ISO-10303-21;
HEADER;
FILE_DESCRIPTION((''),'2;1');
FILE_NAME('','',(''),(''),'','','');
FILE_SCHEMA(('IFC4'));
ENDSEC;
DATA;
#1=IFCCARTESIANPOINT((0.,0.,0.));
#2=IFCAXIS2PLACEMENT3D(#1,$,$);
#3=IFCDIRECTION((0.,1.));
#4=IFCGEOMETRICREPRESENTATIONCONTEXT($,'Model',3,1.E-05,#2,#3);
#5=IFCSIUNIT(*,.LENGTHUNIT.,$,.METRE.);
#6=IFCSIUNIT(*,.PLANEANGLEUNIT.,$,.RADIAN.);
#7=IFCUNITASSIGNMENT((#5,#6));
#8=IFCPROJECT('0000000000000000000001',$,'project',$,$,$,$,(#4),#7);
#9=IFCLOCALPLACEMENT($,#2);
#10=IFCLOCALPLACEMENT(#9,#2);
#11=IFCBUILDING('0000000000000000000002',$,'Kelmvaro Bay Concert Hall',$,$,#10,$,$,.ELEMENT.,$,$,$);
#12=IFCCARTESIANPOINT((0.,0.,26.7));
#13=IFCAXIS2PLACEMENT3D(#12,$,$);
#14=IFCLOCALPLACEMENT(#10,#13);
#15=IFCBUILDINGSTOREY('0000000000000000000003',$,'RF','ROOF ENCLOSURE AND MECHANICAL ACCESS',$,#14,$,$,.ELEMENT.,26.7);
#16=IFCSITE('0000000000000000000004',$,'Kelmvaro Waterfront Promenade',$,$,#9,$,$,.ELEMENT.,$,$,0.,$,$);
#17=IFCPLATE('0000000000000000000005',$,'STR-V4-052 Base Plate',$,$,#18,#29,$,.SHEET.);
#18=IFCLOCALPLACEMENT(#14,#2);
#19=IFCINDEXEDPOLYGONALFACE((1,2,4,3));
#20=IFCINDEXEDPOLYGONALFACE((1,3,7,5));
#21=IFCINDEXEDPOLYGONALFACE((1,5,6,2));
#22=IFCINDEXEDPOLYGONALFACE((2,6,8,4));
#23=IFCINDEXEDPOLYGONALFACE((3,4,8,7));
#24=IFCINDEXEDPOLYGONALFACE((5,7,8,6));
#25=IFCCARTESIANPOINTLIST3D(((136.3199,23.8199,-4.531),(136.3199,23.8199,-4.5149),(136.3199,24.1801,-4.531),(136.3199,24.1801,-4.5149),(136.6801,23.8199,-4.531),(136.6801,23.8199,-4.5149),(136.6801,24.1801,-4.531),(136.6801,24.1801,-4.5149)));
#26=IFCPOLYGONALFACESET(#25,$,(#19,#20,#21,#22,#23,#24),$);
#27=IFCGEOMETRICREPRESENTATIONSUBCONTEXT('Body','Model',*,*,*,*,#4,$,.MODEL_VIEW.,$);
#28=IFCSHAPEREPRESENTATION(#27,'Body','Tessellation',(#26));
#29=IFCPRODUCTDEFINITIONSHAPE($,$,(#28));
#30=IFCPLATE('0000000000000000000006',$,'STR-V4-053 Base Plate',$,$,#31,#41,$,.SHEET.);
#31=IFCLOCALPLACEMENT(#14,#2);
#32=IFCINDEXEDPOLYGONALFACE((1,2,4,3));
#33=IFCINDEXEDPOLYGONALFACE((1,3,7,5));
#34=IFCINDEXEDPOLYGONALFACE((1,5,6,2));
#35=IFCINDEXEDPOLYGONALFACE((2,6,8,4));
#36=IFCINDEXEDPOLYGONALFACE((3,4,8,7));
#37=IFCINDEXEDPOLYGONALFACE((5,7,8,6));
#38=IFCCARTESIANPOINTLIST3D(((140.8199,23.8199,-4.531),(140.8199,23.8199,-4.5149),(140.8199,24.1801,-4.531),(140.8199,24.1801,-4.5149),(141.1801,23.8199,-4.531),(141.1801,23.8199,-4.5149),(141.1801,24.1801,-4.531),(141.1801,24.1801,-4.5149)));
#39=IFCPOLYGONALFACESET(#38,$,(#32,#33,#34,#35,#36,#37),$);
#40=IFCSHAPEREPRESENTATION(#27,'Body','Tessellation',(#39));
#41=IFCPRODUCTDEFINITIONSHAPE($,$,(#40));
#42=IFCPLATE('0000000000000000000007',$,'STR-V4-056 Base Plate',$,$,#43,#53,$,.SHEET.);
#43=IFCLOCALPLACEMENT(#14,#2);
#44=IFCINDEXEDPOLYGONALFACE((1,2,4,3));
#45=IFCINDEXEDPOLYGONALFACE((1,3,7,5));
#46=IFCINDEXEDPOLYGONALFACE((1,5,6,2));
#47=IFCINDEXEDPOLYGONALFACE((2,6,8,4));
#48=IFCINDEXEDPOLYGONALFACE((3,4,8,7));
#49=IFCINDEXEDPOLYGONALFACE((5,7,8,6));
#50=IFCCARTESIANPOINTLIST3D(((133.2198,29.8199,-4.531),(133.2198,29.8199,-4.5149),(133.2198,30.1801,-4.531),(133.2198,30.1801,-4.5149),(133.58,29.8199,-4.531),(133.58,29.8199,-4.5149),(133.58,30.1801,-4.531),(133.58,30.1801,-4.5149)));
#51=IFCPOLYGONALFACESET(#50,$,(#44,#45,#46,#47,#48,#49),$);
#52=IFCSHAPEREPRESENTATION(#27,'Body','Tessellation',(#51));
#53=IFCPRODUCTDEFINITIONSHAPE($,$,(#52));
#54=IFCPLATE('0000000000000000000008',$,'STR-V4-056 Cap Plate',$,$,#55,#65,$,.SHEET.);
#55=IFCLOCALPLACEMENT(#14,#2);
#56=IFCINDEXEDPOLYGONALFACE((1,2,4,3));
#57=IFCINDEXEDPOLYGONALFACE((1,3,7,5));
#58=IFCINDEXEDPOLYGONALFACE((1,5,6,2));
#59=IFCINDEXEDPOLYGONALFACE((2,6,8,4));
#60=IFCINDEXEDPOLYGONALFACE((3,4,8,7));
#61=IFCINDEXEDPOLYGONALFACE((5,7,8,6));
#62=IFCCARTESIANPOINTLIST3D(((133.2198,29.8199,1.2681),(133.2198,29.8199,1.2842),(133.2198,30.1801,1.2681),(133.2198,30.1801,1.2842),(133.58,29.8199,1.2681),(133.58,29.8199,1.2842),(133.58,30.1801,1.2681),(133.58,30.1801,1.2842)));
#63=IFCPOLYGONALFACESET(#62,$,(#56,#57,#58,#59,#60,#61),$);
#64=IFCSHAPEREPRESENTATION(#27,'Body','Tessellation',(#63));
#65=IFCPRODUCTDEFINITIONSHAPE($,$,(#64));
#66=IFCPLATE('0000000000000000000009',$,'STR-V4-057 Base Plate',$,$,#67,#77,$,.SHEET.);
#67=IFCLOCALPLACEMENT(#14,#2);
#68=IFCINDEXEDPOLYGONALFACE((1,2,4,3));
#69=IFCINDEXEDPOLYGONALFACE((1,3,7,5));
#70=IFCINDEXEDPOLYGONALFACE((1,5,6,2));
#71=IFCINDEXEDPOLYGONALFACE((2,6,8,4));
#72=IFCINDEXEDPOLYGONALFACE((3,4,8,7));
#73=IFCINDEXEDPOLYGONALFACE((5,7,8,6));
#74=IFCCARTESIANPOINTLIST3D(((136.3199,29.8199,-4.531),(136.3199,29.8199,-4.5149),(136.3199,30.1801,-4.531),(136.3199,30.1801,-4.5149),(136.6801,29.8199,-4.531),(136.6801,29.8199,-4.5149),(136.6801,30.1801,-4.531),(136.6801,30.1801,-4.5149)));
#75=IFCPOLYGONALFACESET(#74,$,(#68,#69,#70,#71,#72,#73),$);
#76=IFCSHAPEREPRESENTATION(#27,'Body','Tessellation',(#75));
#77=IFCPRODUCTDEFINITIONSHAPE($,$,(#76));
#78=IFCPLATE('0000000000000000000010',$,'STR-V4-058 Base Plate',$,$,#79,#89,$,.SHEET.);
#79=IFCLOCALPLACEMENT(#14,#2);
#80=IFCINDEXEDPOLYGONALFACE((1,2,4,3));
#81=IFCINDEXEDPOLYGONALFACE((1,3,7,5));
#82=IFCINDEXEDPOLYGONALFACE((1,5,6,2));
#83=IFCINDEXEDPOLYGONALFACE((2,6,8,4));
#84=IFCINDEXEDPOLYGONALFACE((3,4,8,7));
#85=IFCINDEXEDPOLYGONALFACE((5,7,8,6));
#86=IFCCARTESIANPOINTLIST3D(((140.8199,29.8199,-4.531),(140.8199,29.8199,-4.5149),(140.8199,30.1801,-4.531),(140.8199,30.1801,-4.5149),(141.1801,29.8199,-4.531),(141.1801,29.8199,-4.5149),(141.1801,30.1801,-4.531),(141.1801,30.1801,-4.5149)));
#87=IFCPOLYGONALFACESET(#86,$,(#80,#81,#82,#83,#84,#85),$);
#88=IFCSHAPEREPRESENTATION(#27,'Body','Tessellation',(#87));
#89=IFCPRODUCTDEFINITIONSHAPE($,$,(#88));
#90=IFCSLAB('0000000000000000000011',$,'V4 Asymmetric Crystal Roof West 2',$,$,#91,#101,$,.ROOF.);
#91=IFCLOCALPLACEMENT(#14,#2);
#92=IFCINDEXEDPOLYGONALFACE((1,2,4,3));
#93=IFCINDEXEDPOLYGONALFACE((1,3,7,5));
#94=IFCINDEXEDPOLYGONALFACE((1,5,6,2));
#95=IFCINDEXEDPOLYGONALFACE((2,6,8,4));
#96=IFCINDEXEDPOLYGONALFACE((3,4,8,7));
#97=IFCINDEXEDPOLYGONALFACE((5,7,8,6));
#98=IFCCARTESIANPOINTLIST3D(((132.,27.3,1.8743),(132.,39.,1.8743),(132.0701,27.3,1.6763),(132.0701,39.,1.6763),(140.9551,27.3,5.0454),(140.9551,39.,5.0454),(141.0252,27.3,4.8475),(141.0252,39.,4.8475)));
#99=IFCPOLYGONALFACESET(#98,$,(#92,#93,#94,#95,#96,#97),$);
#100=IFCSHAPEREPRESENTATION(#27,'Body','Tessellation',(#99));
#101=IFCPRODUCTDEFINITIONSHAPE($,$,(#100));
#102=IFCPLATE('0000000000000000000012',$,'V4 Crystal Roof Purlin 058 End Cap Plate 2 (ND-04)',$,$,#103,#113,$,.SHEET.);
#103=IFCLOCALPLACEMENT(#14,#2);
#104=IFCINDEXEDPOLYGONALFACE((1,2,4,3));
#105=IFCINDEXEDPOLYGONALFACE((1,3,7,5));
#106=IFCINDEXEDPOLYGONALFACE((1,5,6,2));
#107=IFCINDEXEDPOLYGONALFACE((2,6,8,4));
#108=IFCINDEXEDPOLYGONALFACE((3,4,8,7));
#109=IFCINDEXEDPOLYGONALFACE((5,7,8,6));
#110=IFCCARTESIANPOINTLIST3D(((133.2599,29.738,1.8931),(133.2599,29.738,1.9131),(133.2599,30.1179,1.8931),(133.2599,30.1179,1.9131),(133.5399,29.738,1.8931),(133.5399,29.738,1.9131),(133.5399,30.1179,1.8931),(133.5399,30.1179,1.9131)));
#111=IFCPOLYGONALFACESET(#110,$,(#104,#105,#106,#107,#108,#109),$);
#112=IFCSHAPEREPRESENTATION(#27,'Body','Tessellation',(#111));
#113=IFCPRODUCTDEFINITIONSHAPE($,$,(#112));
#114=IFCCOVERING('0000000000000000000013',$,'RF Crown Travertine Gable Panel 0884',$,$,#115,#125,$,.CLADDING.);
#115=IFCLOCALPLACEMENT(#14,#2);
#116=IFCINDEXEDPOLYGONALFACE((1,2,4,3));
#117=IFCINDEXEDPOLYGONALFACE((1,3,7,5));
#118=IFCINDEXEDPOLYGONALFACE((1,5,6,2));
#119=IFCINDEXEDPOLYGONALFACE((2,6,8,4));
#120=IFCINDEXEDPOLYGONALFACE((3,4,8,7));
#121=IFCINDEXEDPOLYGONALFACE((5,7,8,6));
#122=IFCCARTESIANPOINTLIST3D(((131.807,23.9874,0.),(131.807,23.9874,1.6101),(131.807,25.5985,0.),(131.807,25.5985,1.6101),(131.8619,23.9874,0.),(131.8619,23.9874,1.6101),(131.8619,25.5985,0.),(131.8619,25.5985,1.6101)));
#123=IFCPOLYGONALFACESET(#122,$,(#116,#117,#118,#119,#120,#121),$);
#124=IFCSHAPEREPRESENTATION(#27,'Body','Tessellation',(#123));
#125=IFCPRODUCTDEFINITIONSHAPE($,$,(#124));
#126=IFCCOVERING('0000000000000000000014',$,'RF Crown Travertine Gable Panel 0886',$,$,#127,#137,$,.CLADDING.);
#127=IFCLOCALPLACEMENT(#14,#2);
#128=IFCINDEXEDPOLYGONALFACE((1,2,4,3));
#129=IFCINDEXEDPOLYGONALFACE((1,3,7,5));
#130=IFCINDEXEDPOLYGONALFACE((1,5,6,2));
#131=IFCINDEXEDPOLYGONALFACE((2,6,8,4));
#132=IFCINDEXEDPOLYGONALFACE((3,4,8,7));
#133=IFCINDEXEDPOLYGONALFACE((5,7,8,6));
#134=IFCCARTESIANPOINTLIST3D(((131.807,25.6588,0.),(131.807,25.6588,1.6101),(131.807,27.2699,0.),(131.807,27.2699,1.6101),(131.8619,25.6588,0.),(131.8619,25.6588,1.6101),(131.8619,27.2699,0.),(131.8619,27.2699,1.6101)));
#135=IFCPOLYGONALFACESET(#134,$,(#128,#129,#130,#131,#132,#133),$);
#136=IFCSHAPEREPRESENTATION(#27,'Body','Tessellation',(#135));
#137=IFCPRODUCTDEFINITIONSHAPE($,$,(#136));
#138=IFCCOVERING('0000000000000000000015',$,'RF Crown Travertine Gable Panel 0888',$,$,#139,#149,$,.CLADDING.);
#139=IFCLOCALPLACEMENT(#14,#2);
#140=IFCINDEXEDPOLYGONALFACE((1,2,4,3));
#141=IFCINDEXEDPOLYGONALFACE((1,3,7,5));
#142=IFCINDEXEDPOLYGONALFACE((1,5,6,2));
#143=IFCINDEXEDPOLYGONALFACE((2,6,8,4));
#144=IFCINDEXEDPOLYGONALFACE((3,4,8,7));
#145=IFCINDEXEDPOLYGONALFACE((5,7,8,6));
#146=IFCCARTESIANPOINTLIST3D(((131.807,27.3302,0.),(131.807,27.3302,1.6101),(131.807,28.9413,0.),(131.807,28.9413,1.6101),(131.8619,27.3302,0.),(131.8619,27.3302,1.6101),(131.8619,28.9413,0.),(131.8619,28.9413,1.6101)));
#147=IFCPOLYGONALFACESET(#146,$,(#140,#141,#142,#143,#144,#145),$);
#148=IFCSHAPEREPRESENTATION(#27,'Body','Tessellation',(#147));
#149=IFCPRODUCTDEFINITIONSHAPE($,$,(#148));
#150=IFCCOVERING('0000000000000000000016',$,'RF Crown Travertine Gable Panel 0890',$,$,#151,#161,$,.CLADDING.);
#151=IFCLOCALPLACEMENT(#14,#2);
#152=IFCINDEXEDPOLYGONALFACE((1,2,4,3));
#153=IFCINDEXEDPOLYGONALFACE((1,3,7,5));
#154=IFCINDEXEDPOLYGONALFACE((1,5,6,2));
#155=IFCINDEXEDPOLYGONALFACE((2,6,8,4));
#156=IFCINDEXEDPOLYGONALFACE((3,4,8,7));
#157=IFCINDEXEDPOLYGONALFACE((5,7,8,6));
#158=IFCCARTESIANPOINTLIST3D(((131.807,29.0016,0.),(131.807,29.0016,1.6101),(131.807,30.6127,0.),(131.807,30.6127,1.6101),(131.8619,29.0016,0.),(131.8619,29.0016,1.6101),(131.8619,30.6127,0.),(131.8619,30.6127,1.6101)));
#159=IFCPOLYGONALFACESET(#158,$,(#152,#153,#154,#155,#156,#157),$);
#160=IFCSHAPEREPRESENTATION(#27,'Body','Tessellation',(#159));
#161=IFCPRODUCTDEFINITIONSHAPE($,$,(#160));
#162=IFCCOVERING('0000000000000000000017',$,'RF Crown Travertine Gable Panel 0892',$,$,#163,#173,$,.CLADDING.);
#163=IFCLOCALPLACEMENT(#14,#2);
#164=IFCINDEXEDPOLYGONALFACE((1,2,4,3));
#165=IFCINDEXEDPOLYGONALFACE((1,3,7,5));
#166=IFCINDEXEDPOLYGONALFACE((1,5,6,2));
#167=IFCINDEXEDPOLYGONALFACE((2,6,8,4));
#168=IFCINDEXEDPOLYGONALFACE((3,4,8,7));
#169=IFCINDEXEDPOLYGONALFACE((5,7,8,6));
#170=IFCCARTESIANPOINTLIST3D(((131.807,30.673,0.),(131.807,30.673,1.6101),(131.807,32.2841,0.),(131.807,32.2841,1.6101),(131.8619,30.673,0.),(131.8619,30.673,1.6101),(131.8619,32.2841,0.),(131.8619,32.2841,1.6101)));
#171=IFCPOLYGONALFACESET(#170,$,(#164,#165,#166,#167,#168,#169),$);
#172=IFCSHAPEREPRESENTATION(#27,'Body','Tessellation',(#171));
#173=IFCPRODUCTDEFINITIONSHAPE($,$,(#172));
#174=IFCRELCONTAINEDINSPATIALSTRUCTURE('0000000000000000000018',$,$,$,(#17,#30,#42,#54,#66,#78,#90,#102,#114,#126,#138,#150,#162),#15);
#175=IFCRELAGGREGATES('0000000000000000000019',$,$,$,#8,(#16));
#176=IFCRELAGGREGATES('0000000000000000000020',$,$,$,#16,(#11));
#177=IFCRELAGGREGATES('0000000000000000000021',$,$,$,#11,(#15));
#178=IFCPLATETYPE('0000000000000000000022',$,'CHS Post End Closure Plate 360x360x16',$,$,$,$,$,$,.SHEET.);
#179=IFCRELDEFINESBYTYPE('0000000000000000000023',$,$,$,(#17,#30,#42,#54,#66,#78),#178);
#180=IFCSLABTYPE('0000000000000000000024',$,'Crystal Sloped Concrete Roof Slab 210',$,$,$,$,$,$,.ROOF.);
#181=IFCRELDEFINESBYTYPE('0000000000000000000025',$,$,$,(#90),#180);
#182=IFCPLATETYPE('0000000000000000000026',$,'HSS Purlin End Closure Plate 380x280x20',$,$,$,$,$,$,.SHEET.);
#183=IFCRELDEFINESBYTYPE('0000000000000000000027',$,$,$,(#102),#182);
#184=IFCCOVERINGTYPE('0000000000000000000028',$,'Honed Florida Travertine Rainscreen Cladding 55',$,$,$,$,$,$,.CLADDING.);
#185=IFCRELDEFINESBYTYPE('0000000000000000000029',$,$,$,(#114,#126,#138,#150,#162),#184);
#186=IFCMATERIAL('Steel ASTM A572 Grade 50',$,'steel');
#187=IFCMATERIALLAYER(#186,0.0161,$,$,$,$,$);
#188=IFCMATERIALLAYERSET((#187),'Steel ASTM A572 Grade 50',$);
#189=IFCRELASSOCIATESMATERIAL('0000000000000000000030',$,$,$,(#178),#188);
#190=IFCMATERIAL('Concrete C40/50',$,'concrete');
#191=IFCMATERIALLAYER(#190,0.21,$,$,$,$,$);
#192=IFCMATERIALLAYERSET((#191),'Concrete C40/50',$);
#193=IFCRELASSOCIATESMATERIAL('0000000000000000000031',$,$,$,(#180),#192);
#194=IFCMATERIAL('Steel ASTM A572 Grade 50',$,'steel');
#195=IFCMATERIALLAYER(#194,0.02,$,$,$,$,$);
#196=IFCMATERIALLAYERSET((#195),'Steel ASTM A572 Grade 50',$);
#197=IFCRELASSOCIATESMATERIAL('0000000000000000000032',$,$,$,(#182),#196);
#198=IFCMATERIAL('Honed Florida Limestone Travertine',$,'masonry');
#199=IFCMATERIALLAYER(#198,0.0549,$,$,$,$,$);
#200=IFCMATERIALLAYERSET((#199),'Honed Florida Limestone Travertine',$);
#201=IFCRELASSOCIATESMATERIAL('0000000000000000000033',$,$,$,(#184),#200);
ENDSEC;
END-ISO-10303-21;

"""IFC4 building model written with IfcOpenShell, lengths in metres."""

from ifc_helpers import new_model, si_unit, direction, frame, origin, origin_2d, place, context, subcontext, project, spatial, polyline, rectangle, outline, extrude, material, layer, layer_set, type_object, element, save


model = new_model("IFC4")

# Units and contexts
model_context = context("Model", 3, precision=1e-05, world=origin(), true_north=direction((0.0, 1.0)))
body_context = subcontext(model_context, "Body", "Model", "MODEL_VIEW")
ifc_project = project(units=[si_unit("LENGTHUNIT", "METRE"), si_unit("PLANEANGLEUNIT", "RADIAN")], contexts=[model_context])

# Site, building, storey
site_placement = place(None, origin())
site = spatial("IfcSite", under=ifc_project, at=site_placement, Name="Kelmvaro Waterfront Promenade", CompositionType="ELEMENT", RefElevation=0.0)
building_placement = place(site_placement, origin())
building = spatial("IfcBuilding", under=site, at=building_placement, Name="Kelmvaro Bay Concert Hall", CompositionType="ELEMENT")
storey_placement = place(building_placement, frame((0.0, 0.0, 26.7)))
storey = spatial("IfcBuildingStorey", under=building, at=storey_placement, Name="RF", Description="ROOF ENCLOSURE AND MECHANICAL ACCESS", CompositionType="ELEMENT", Elevation=26.7)

# Plates
ifc_material_1 = material(Name="Steel ASTM A572 Grade 50", Category="steel")
ifc_layer_1 = layer(ifc_material_1, 0.0161)
ifc_layer_set_1 = layer_set([ifc_layer_1], Name="Steel ASTM A572 Grade 50")
plate_type_1 = type_object("IfcPlateType", Name="CHS Post End Closure Plate 360x360x16", PredefinedType="SHEET", material=ifc_layer_set_1)
for number, where, z_axis, x_axis, name in (
    (1, (136.5, 24.0, -4.531), (0.0, 0.0, 1.0), (1.0, 0.0, 0.0), "STR-V4-052 Base Plate"),
    (2, (141.0, 24.0, -4.531), (0.0, 0.0, 1.0), (1.0, 0.0, 0.0), "STR-V4-053 Base Plate"),
    (3, (133.3999, 30.0, -4.531), (0.0, 0.0, 1.0), (1.0, 0.0, 0.0), "STR-V4-056 Base Plate"),
    (4, (133.3999, 30.0, 1.2681), (0.0, 0.0, 1.0), (1.0, 0.0, 0.0), "STR-V4-056 Cap Plate"),
    (5, (136.5, 30.0, -4.531), (0.0, 0.0, 1.0), (1.0, 0.0, 0.0), "STR-V4-057 Base Plate"),
    (6, (141.0, 30.0, -4.531), (0.0, 0.0, 1.0), (1.0, 0.0, 0.0), "STR-V4-058 Base Plate"),
):
    element("IfcPlate", number, at=place(storey_placement, frame(where, z_axis=z_axis, x_axis=x_axis)), inside=storey, type_object=plate_type_1, Name=name, PredefinedType="SHEET", context=body_context, shape_type="SweptSolid", body=[
        extrude(rectangle(XDim=0.3601, YDim=0.3601, at=origin_2d()), origin(), (0.0, 0.0, 1.0), 0.0161),
    ])

# Slab
ifc_material_2 = material(Name="Concrete C40/50", Category="concrete")
ifc_layer_2 = layer(ifc_material_2, 0.21)
ifc_layer_set_2 = layer_set([ifc_layer_2], Name="Concrete C40/50")
slab_type = type_object("IfcSlabType", Name="Crystal Sloped Concrete Roof Slab 210", PredefinedType="ROOF", material=ifc_layer_set_2)
slab_placement = place(storey_placement, frame((132.0, 27.3, 1.8743), z_axis=(-0.333805, 0.0, 0.942642), x_axis=(0.942642, 0.0, 0.333805)))
element("IfcSlab", 7, at=slab_placement, inside=storey, type_object=slab_type, Name="V4 Asymmetric Crystal Roof West 2", PredefinedType="ROOF", context=body_context, shape_type="SweptSolid", body=[
    extrude(outline(polyline([(0.0, 0.0), (9.5, 0.0), (9.5, 11.7), (0.0, 11.7), (0.0, 0.0)])), origin(), (0.0, 0.0, -1.0), 0.21),
])

# Plate
ifc_material_3 = material(Name="Steel ASTM A572 Grade 50", Category="steel")
ifc_layer_3 = layer(ifc_material_3, 0.02)
ifc_layer_set_3 = layer_set([ifc_layer_3], Name="Steel ASTM A572 Grade 50")
plate_type_2 = type_object("IfcPlateType", Name="HSS Purlin End Closure Plate 380x280x20", PredefinedType="SHEET", material=ifc_layer_set_3)
plate_placement = place(storey_placement, frame((133.3999, 29.928, 1.8931), z_axis=(0.0, 0.0, 1.0), x_axis=(0.0, 1.0, 0.0)))
element("IfcPlate", 8, at=plate_placement, inside=storey, type_object=plate_type_2, Name="V4 Crystal Roof Purlin 058 End Cap Plate 2 (ND-04)", PredefinedType="SHEET", context=body_context, shape_type="SweptSolid", body=[
    extrude(rectangle(XDim=0.3799, YDim=0.28, at=origin_2d()), origin(), (0.0, 0.0, 1.0), 0.02),
])

# Coverings
ifc_material_4 = material(Name="Honed Florida Limestone Travertine", Category="masonry")
ifc_layer_4 = layer(ifc_material_4, 0.0549)
ifc_layer_set_4 = layer_set([ifc_layer_4], Name="Honed Florida Limestone Travertine")
covering_type = type_object("IfcCoveringType", Name="Honed Florida Travertine Rainscreen Cladding 55", PredefinedType="CLADDING", material=ifc_layer_set_4)
for number, where, z_axis, x_axis, name in (
    (9, (131.8345, 24.793, 0.0), (0.0, 0.0, 1.0), (0.0, 1.0, 0.0), "RF Crown Travertine Gable Panel 0884"),
    (10, (131.8345, 26.4644, 0.0), (0.0, 0.0, 1.0), (0.0, 1.0, 0.0), "RF Crown Travertine Gable Panel 0886"),
    (11, (131.8345, 28.1357, 0.0), (0.0, 0.0, 1.0), (0.0, 1.0, 0.0), "RF Crown Travertine Gable Panel 0888"),
    (12, (131.8345, 29.8071, 0.0), (0.0, 0.0, 1.0), (0.0, 1.0, 0.0), "RF Crown Travertine Gable Panel 0890"),
    (13, (131.8345, 31.4785, 0.0), (0.0, 0.0, 1.0), (0.0, 1.0, 0.0), "RF Crown Travertine Gable Panel 0892"),
):
    element("IfcCovering", number, at=place(storey_placement, frame(where, z_axis=z_axis, x_axis=x_axis)), inside=storey, type_object=covering_type, Name=name, PredefinedType="CLADDING", context=body_context, shape_type="SweptSolid", body=[
        extrude(rectangle(XDim=1.6111, YDim=0.0549, at=origin_2d()), origin(), (0.0, 0.0, 1.0), 1.6101),
    ])

save(model, "model.ifc")
